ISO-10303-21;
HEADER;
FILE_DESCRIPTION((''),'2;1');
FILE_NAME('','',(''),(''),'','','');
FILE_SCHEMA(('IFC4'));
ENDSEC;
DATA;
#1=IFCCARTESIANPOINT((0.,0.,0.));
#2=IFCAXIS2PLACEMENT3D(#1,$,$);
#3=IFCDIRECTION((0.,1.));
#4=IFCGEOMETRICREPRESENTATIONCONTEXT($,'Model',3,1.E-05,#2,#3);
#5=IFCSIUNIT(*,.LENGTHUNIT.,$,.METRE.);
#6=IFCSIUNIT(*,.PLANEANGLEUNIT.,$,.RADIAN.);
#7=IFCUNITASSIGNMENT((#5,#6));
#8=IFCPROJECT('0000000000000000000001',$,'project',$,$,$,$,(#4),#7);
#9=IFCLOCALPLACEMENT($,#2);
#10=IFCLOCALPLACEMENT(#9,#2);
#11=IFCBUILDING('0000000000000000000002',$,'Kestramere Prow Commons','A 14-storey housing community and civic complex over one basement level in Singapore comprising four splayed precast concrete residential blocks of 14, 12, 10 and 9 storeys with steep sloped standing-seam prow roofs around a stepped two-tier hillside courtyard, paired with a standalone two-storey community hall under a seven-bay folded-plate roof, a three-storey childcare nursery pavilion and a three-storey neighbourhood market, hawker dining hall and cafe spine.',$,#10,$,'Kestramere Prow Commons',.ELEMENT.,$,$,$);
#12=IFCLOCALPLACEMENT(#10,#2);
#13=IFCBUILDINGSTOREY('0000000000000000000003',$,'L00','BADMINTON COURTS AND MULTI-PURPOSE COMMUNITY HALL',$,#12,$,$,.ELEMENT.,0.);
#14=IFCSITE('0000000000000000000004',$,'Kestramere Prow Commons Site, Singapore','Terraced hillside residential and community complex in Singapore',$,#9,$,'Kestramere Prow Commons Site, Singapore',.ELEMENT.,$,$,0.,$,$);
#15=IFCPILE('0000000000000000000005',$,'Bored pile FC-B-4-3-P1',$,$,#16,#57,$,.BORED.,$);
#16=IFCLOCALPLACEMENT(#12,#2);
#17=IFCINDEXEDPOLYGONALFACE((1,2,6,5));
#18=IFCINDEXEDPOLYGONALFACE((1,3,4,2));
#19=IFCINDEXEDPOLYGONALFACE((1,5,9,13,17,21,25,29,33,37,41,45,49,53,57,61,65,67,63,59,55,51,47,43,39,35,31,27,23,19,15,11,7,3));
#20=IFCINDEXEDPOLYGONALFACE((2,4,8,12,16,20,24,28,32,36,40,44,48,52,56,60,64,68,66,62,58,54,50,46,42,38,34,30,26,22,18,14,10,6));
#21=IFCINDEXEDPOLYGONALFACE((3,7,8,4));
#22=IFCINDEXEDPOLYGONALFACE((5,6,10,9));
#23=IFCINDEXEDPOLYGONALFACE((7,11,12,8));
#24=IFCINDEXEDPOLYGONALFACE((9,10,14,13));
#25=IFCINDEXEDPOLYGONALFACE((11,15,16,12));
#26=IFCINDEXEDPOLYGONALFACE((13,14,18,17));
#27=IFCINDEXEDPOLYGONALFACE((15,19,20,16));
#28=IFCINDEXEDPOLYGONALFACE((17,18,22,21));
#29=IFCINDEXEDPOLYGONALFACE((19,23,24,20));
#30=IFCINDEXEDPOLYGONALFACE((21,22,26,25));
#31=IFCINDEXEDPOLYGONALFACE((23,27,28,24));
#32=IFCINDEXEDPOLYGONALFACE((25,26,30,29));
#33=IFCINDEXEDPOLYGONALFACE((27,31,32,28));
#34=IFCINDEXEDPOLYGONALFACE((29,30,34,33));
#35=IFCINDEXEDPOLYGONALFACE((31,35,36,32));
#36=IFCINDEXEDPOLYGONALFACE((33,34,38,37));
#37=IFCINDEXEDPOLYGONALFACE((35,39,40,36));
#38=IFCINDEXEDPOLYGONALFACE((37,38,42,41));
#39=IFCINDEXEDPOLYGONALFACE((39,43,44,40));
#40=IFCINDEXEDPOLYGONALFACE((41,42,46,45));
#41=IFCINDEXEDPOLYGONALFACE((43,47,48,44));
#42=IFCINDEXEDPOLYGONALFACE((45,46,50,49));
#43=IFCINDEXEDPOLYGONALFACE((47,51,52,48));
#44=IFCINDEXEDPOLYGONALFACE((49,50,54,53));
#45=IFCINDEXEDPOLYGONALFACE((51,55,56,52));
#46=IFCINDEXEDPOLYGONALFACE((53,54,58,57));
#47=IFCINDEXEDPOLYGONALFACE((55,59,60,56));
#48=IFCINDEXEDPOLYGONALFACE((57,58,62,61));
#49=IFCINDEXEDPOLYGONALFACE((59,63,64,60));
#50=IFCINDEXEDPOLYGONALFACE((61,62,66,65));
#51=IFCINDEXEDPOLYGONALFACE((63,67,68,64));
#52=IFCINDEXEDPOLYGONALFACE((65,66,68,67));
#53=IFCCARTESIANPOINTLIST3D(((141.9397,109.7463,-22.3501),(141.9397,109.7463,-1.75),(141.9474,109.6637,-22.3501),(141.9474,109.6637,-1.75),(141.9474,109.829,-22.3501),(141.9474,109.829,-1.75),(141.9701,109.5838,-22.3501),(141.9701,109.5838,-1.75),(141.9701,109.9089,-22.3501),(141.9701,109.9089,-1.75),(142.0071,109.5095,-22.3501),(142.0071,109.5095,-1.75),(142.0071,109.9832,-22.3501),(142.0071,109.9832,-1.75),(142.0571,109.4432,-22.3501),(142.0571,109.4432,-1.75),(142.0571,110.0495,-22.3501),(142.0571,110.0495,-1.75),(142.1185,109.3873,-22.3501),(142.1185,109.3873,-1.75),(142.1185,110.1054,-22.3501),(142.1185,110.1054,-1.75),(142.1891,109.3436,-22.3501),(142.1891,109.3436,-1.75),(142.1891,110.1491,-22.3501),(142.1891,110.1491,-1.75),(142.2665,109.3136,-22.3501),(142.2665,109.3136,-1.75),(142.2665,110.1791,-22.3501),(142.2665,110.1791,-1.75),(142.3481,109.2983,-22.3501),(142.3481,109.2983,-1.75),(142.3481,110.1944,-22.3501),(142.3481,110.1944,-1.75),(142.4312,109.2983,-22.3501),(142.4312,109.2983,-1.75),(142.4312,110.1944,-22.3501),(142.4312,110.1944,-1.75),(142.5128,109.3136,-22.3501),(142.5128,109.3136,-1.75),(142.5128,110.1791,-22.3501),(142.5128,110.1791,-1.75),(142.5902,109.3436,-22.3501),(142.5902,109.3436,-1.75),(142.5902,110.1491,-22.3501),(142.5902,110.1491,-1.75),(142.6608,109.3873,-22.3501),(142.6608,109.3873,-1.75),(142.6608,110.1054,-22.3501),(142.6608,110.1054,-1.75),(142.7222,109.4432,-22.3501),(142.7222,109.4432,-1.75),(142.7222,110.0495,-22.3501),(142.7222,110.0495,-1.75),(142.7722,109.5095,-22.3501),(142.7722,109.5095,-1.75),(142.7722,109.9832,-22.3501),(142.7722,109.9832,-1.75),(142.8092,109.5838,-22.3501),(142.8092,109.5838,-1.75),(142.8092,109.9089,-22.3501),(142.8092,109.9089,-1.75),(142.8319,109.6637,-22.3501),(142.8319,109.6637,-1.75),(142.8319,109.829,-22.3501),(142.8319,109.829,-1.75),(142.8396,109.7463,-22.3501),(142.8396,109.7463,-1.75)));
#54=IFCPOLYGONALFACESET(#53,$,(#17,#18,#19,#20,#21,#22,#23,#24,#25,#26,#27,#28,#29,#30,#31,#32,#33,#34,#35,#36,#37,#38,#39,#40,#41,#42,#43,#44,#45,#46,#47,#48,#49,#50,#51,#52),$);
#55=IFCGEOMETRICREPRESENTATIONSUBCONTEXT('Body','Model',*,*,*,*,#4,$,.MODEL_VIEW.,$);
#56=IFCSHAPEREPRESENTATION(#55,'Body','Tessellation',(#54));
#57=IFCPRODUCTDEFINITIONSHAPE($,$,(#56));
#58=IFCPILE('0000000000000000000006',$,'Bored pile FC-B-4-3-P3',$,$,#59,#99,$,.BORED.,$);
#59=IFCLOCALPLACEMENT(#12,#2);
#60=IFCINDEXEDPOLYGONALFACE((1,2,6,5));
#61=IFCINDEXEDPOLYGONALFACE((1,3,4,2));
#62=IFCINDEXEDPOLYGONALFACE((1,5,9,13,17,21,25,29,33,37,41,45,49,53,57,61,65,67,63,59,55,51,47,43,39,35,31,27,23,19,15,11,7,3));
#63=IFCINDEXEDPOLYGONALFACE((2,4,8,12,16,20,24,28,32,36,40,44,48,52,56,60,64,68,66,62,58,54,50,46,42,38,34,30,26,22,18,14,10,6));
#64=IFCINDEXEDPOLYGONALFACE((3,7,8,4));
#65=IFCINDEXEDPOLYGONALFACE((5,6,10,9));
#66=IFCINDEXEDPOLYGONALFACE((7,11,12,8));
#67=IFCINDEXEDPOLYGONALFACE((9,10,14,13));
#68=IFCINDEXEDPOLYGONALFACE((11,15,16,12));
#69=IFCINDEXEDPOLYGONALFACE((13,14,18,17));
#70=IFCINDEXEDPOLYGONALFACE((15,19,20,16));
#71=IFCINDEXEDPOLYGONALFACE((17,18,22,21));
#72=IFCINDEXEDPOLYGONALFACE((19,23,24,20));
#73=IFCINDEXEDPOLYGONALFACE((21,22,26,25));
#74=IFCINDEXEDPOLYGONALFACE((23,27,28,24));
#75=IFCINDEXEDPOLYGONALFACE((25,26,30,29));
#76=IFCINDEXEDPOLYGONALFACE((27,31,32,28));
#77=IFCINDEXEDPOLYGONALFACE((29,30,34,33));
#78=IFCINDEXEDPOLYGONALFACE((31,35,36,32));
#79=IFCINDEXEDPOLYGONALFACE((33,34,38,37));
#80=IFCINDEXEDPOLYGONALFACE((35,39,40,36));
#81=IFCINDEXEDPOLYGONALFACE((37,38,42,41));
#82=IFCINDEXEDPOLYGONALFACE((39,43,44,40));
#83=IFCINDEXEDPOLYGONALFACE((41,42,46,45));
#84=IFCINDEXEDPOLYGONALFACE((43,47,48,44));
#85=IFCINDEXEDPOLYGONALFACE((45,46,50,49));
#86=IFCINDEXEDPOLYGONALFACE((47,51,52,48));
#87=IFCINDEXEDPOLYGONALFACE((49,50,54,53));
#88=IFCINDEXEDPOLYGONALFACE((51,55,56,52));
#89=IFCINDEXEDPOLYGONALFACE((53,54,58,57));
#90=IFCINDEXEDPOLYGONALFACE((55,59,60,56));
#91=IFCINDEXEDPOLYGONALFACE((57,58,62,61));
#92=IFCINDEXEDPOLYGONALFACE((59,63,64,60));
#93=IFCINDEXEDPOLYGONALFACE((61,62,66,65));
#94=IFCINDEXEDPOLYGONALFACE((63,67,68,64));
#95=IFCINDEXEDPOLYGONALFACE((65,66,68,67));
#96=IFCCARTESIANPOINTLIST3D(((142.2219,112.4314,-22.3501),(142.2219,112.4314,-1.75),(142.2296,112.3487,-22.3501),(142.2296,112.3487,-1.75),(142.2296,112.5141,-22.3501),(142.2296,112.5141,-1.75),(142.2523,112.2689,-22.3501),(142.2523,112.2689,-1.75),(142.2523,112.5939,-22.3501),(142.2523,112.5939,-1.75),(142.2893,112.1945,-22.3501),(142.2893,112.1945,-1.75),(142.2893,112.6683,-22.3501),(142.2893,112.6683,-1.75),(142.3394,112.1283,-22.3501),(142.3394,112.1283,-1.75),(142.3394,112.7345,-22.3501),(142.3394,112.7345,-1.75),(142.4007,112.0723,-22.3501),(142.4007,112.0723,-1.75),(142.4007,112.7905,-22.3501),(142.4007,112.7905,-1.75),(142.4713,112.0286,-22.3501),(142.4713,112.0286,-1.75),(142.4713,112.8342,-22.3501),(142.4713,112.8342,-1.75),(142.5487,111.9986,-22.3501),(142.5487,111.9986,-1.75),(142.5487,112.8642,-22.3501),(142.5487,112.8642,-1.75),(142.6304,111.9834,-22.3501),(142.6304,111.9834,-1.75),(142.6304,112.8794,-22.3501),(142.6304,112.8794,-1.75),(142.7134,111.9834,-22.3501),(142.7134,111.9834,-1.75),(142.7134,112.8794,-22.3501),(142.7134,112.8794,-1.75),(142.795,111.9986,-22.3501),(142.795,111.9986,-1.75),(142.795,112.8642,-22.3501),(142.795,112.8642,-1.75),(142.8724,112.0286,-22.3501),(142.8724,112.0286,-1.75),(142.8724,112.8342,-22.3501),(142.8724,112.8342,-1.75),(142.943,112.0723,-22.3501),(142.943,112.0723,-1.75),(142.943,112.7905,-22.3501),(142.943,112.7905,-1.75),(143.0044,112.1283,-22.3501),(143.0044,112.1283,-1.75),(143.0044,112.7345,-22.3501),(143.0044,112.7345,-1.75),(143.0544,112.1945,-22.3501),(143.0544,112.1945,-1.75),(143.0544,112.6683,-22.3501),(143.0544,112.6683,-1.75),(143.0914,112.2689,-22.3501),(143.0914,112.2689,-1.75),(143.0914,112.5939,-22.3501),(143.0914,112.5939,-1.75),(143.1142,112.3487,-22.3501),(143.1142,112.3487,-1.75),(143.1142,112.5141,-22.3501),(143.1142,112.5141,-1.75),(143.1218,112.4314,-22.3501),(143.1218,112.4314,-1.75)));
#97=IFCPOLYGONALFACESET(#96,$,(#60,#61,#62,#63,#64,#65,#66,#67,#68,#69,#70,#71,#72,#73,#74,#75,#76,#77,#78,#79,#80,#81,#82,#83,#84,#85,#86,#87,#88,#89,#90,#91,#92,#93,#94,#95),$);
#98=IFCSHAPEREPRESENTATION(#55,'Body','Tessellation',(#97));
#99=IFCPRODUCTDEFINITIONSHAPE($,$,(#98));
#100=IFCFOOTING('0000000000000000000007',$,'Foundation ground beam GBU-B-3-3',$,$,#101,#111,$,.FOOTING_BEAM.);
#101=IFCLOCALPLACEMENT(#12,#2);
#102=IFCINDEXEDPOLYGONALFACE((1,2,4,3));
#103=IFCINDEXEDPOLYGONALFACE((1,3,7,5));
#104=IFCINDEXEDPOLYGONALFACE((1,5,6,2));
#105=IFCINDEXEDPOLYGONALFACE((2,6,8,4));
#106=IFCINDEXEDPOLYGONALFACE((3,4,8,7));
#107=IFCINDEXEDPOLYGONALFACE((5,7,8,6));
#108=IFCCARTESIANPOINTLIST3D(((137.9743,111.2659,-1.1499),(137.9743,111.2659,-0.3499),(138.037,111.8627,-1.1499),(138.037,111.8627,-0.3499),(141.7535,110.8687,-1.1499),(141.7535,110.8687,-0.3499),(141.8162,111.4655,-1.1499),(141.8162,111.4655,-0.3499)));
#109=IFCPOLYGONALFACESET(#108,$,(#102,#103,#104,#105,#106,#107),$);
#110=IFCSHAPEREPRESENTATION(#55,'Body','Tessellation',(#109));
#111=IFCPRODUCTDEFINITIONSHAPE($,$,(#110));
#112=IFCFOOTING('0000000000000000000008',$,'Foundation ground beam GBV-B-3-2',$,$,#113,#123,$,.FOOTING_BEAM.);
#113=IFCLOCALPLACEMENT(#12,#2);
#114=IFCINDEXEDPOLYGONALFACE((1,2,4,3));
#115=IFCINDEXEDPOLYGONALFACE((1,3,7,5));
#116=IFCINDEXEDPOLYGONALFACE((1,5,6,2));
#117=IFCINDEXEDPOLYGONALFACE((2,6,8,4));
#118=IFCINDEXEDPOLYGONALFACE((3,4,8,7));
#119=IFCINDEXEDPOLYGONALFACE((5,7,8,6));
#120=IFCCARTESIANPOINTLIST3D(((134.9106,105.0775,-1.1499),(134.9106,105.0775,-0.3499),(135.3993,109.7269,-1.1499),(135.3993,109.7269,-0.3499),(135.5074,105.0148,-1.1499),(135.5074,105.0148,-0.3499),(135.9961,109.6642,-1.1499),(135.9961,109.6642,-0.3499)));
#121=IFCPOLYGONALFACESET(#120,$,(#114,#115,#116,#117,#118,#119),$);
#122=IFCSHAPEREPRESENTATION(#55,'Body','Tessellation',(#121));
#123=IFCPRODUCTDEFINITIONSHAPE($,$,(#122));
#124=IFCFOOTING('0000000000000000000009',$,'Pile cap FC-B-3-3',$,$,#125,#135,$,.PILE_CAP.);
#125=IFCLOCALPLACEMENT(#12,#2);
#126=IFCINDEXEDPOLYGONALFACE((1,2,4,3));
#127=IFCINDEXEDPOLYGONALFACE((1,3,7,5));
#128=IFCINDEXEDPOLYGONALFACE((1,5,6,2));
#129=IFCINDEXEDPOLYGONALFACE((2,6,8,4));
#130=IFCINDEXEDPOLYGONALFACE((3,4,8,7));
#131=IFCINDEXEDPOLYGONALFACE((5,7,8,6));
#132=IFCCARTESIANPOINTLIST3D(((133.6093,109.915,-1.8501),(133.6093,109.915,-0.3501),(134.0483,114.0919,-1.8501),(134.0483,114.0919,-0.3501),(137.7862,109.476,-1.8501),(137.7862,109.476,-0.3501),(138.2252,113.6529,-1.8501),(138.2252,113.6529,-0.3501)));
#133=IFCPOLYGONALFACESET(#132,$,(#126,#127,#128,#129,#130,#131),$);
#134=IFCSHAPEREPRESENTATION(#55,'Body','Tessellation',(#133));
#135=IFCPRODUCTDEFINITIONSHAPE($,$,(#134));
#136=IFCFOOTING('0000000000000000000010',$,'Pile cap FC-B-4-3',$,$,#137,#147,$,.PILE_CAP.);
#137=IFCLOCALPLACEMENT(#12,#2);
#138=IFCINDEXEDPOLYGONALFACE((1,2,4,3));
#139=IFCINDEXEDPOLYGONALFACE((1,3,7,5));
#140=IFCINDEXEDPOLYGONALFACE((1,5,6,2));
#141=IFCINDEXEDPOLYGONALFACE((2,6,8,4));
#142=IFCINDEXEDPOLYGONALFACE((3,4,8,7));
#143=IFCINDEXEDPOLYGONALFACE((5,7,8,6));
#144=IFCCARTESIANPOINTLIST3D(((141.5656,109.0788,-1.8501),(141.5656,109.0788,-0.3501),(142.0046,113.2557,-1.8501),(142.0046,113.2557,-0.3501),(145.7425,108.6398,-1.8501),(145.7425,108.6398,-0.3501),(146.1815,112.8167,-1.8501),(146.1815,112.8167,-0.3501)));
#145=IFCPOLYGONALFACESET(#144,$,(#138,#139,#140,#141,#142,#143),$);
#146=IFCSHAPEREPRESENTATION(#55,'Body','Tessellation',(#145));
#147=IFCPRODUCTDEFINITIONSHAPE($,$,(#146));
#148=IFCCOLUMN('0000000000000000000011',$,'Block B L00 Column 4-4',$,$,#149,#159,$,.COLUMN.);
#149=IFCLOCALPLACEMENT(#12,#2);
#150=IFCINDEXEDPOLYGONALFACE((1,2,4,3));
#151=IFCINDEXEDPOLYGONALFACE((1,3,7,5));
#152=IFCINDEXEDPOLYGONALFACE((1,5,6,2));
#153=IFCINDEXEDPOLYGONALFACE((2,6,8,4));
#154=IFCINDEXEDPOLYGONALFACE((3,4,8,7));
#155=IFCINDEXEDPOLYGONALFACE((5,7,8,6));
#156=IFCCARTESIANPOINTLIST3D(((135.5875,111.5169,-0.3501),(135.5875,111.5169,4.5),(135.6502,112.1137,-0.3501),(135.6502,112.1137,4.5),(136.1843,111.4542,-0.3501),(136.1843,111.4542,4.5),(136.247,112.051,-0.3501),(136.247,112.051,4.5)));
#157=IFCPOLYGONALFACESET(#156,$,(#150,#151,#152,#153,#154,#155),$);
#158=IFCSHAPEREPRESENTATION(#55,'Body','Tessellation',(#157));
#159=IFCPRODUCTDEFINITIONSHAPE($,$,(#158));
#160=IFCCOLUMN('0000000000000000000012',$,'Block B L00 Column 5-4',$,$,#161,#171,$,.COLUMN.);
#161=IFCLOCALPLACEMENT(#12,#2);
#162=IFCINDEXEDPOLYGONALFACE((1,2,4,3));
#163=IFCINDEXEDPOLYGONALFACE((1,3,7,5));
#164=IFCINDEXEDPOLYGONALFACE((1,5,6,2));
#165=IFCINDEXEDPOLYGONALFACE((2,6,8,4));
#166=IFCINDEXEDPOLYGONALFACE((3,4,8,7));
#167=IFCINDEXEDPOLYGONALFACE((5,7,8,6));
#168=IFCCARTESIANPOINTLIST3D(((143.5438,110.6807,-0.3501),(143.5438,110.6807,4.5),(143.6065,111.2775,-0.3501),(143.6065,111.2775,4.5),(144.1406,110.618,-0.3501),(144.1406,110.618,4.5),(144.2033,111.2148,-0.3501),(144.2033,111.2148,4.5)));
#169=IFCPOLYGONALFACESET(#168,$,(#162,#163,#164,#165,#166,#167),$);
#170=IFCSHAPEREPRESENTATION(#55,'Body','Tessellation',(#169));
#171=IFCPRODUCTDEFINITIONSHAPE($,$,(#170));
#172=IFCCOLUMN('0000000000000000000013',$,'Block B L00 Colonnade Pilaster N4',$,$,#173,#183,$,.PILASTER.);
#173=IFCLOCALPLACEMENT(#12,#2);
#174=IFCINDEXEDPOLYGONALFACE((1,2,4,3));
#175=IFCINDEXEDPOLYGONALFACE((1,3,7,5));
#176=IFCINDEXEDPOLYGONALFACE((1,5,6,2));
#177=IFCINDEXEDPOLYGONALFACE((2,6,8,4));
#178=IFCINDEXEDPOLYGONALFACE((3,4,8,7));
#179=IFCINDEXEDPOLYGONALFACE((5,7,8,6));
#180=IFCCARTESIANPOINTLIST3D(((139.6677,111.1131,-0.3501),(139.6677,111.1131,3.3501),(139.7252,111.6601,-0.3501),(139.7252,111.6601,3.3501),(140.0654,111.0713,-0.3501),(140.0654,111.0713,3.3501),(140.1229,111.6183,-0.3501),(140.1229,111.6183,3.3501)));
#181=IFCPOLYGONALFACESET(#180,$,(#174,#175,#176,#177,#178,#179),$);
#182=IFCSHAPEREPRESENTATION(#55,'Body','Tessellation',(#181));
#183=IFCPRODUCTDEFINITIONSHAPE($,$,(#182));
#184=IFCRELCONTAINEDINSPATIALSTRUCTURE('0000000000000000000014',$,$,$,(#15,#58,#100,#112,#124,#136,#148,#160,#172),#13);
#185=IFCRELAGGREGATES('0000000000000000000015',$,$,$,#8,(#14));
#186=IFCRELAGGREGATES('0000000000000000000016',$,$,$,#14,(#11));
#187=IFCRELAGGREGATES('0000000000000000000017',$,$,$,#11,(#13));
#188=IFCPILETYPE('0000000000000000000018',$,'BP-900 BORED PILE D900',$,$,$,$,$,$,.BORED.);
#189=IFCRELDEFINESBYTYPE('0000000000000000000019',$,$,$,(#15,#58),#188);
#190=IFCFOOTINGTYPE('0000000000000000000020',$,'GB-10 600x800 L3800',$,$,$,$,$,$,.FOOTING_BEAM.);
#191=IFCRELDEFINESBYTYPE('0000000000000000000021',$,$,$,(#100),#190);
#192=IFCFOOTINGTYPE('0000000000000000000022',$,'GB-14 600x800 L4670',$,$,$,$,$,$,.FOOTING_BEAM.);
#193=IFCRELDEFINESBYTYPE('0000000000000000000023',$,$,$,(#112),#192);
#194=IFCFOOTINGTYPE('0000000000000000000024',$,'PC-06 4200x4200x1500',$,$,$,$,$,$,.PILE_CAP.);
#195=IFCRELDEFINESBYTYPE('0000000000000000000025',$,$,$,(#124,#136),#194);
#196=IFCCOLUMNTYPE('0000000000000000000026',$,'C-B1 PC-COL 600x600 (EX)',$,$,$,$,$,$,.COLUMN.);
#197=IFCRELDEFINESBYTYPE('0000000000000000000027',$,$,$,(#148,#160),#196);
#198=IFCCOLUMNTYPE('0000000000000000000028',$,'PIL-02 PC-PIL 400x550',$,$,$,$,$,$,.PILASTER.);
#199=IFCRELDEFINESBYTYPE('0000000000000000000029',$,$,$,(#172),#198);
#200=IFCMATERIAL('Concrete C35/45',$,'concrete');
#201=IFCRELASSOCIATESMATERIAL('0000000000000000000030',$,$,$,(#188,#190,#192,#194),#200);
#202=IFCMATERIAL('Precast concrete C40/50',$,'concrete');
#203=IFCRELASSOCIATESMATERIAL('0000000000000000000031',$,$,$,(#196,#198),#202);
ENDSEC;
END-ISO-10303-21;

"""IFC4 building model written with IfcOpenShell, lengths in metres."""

from ifc_helpers import new_model, si_unit, direction, frame, origin, origin_2d, place, context, subcontext, project, spatial, rectangle, circle, extrude, material, material_profile, profile_set, type_object, element, save


model = new_model("IFC4")

# Units and contexts
model_context = context("Model", 3, precision=1e-05, world=origin(), true_north=direction((0.0, 1.0)))
body_context = subcontext(model_context, "Body", "Model", "MODEL_VIEW")
ifc_project = project(units=[si_unit("LENGTHUNIT", "METRE"), si_unit("PLANEANGLEUNIT", "RADIAN")], contexts=[model_context])

# Site, building, storey
site_placement = place(None, origin())
site = spatial("IfcSite", under=ifc_project, at=site_placement, Name="Kestramere Prow Commons Site, Singapore", Description="Terraced hillside residential and community complex in Singapore", LongName="Kestramere Prow Commons Site, Singapore", CompositionType="ELEMENT", RefElevation=0.0)
building_placement = place(site_placement, origin())
building = spatial("IfcBuilding", under=site, at=building_placement, Name="Kestramere Prow Commons", Description="A 14-storey housing community and civic complex over one basement level in Singapore comprising four splayed precast concrete residential blocks of 14, 12, 10 and 9 storeys with steep sloped standing-seam prow roofs around a stepped two-tier hillside courtyard, paired with a standalone two-storey community hall under a seven-bay folded-plate roof, a three-storey childcare nursery pavilion and a three-storey neighbourhood market, hawker dining hall and cafe spine.", LongName="Kestramere Prow Commons", CompositionType="ELEMENT")
storey_placement = place(building_placement, origin())
storey = spatial("IfcBuildingStorey", under=building, at=storey_placement, Name="L00", Description="BADMINTON COURTS AND MULTI-PURPOSE COMMUNITY HALL", CompositionType="ELEMENT", Elevation=0.0)

# Piles
ifc_material_1 = material(Name="Concrete C35/45", Category="concrete")
ifc_material_profile_1 = material_profile(ifc_material_1, circle(Radius=0.45, at=origin_2d()), Name="BORED PILE D900")
ifc_profile_set_1 = profile_set([ifc_material_profile_1], Name="Concrete C35/45")
pile_type = type_object("IfcPileType", Name="BP-900 BORED PILE D900", PredefinedType="BORED", material=ifc_profile_set_1)
for number, where, z_axis, x_axis, name in (
    (1, (142.3896, 109.7463, -1.75), (0.0, 0.0, -1.0), (1.0, 0.0, 0.0), "Bored pile FC-B-4-3-P1"),
    (2, (142.6719, 112.4314, -1.75), (0.0, 0.0, -1.0), (1.0, 0.0, 0.0), "Bored pile FC-B-4-3-P3"),
):
    element("IfcPile", number, at=place(storey_placement, frame(where, z_axis=z_axis, x_axis=x_axis)), inside=storey, type_object=pile_type, Name=name, PredefinedType="BORED", context=body_context, shape_type="SweptSolid", body=[
        extrude(circle(Radius=0.45, at=origin_2d()), origin(), (0.0, 0.0, 1.0), 20.6001),
    ])

# Footings
footing_type_1 = type_object("IfcFootingType", Name="GB-10 600x800 L3800", PredefinedType="FOOTING_BEAM", material=ifc_material_1)
footing_1_placement = place(storey_placement, frame((139.8953, 111.3657, -1.1499), z_axis=(0.0, 0.0, 1.0), x_axis=(0.994522, -0.104528, 0.0)))
element("IfcFooting", 3, at=footing_1_placement, inside=storey, type_object=footing_type_1, Name="Foundation ground beam GBU-B-3-3", PredefinedType="FOOTING_BEAM", context=body_context, shape_type="SweptSolid", body=[
    extrude(rectangle(XDim=3.8, YDim=0.6001, at=origin_2d()), origin(), (0.0, 0.0, 1.0), 0.8),
])
footing_type_2 = type_object("IfcFootingType", Name="GB-14 600x800 L4670", PredefinedType="FOOTING_BEAM", material=ifc_material_1)
footing_2_placement = place(storey_placement, frame((135.4534, 107.3708, -1.1499), z_axis=(0.0, 0.0, 1.0), x_axis=(0.104528, 0.994522, 0.0)))
element("IfcFooting", 4, at=footing_2_placement, inside=storey, type_object=footing_type_2, Name="Foundation ground beam GBV-B-3-2", PredefinedType="FOOTING_BEAM", context=body_context, shape_type="SweptSolid", body=[
    extrude(rectangle(XDim=4.675, YDim=0.6001, at=origin_2d()), origin(), (0.0, 0.0, 1.0), 0.8),
])
footing_type_3 = type_object("IfcFootingType", Name="PC-06 4200x4200x1500", PredefinedType="PILE_CAP", material=ifc_material_1)
for number, where, z_axis, x_axis, name in (
    (5, (135.9172, 111.7839, -1.8501), (0.0, 0.0, 1.0), (0.994522, -0.104528, 0.0), "Pile cap FC-B-3-3"),
    (6, (143.8735, 110.9478, -1.8501), (0.0, 0.0, 1.0), (0.994522, -0.104528, 0.0), "Pile cap FC-B-4-3"),
):
    element("IfcFooting", number, at=place(storey_placement, frame(where, z_axis=z_axis, x_axis=x_axis)), inside=storey, type_object=footing_type_3, Name=name, PredefinedType="PILE_CAP", context=body_context, shape_type="SweptSolid", body=[
        extrude(rectangle(XDim=4.2, YDim=4.2, at=origin_2d()), origin(), (0.0, 0.0, 1.0), 1.5),
    ])

# Columns
ifc_material_2 = material(Name="Precast concrete C40/50", Category="concrete")
ifc_material_profile_2 = material_profile(ifc_material_2, rectangle(XDim=0.6001, YDim=0.6001, at=origin_2d()), Name="PC-COL 600x600")
ifc_profile_set_2 = profile_set([ifc_material_profile_2], Name="Precast concrete C40/50")
column_type_1 = type_object("IfcColumnType", Name="C-B1 PC-COL 600x600 (EX)", PredefinedType="COLUMN", material=ifc_profile_set_2)
for number, where, z_axis, x_axis, name in (
    (7, (135.9172, 111.7839, -0.3501), (0.0, 0.0, 1.0), (0.994522, -0.104528, 0.0), "Block B L00 Column 4-4"),
    (8, (143.8735, 110.9478, -0.3501), (0.0, 0.0, 1.0), (0.994522, -0.104528, 0.0), "Block B L00 Column 5-4"),
):
    element("IfcColumn", number, at=place(storey_placement, frame(where, z_axis=z_axis, x_axis=x_axis)), inside=storey, type_object=column_type_1, Name=name, PredefinedType="COLUMN", context=body_context, shape_type="SweptSolid", body=[
        extrude(rectangle(XDim=0.6001, YDim=0.6001, at=origin_2d()), origin(), (0.0, 0.0, 1.0), 4.8501),
    ])
ifc_material_profile_3 = material_profile(ifc_material_2, rectangle(XDim=0.3999, YDim=0.55, at=origin_2d()), Name="PC-PIL 400x550")
ifc_profile_set_3 = profile_set([ifc_material_profile_3], Name="Precast concrete C40/50")
column_type_2 = type_object("IfcColumnType", Name="PIL-02 PC-PIL 400x550", PredefinedType="PILASTER", material=ifc_profile_set_3)
column_placement = place(storey_placement, frame((139.8953, 111.3657, -0.3501), z_axis=(0.0, 0.0, 1.0), x_axis=(0.994522, -0.104528, 0.0)))
element("IfcColumn", 9, at=column_placement, inside=storey, type_object=column_type_2, Name="Block B L00 Colonnade Pilaster N4", PredefinedType="PILASTER", context=body_context, shape_type="SweptSolid", body=[
    extrude(rectangle(XDim=0.3999, YDim=0.55, at=origin_2d()), origin(), (0.0, 0.0, 1.0), 3.7002),
])

save(model, "model.ifc")
